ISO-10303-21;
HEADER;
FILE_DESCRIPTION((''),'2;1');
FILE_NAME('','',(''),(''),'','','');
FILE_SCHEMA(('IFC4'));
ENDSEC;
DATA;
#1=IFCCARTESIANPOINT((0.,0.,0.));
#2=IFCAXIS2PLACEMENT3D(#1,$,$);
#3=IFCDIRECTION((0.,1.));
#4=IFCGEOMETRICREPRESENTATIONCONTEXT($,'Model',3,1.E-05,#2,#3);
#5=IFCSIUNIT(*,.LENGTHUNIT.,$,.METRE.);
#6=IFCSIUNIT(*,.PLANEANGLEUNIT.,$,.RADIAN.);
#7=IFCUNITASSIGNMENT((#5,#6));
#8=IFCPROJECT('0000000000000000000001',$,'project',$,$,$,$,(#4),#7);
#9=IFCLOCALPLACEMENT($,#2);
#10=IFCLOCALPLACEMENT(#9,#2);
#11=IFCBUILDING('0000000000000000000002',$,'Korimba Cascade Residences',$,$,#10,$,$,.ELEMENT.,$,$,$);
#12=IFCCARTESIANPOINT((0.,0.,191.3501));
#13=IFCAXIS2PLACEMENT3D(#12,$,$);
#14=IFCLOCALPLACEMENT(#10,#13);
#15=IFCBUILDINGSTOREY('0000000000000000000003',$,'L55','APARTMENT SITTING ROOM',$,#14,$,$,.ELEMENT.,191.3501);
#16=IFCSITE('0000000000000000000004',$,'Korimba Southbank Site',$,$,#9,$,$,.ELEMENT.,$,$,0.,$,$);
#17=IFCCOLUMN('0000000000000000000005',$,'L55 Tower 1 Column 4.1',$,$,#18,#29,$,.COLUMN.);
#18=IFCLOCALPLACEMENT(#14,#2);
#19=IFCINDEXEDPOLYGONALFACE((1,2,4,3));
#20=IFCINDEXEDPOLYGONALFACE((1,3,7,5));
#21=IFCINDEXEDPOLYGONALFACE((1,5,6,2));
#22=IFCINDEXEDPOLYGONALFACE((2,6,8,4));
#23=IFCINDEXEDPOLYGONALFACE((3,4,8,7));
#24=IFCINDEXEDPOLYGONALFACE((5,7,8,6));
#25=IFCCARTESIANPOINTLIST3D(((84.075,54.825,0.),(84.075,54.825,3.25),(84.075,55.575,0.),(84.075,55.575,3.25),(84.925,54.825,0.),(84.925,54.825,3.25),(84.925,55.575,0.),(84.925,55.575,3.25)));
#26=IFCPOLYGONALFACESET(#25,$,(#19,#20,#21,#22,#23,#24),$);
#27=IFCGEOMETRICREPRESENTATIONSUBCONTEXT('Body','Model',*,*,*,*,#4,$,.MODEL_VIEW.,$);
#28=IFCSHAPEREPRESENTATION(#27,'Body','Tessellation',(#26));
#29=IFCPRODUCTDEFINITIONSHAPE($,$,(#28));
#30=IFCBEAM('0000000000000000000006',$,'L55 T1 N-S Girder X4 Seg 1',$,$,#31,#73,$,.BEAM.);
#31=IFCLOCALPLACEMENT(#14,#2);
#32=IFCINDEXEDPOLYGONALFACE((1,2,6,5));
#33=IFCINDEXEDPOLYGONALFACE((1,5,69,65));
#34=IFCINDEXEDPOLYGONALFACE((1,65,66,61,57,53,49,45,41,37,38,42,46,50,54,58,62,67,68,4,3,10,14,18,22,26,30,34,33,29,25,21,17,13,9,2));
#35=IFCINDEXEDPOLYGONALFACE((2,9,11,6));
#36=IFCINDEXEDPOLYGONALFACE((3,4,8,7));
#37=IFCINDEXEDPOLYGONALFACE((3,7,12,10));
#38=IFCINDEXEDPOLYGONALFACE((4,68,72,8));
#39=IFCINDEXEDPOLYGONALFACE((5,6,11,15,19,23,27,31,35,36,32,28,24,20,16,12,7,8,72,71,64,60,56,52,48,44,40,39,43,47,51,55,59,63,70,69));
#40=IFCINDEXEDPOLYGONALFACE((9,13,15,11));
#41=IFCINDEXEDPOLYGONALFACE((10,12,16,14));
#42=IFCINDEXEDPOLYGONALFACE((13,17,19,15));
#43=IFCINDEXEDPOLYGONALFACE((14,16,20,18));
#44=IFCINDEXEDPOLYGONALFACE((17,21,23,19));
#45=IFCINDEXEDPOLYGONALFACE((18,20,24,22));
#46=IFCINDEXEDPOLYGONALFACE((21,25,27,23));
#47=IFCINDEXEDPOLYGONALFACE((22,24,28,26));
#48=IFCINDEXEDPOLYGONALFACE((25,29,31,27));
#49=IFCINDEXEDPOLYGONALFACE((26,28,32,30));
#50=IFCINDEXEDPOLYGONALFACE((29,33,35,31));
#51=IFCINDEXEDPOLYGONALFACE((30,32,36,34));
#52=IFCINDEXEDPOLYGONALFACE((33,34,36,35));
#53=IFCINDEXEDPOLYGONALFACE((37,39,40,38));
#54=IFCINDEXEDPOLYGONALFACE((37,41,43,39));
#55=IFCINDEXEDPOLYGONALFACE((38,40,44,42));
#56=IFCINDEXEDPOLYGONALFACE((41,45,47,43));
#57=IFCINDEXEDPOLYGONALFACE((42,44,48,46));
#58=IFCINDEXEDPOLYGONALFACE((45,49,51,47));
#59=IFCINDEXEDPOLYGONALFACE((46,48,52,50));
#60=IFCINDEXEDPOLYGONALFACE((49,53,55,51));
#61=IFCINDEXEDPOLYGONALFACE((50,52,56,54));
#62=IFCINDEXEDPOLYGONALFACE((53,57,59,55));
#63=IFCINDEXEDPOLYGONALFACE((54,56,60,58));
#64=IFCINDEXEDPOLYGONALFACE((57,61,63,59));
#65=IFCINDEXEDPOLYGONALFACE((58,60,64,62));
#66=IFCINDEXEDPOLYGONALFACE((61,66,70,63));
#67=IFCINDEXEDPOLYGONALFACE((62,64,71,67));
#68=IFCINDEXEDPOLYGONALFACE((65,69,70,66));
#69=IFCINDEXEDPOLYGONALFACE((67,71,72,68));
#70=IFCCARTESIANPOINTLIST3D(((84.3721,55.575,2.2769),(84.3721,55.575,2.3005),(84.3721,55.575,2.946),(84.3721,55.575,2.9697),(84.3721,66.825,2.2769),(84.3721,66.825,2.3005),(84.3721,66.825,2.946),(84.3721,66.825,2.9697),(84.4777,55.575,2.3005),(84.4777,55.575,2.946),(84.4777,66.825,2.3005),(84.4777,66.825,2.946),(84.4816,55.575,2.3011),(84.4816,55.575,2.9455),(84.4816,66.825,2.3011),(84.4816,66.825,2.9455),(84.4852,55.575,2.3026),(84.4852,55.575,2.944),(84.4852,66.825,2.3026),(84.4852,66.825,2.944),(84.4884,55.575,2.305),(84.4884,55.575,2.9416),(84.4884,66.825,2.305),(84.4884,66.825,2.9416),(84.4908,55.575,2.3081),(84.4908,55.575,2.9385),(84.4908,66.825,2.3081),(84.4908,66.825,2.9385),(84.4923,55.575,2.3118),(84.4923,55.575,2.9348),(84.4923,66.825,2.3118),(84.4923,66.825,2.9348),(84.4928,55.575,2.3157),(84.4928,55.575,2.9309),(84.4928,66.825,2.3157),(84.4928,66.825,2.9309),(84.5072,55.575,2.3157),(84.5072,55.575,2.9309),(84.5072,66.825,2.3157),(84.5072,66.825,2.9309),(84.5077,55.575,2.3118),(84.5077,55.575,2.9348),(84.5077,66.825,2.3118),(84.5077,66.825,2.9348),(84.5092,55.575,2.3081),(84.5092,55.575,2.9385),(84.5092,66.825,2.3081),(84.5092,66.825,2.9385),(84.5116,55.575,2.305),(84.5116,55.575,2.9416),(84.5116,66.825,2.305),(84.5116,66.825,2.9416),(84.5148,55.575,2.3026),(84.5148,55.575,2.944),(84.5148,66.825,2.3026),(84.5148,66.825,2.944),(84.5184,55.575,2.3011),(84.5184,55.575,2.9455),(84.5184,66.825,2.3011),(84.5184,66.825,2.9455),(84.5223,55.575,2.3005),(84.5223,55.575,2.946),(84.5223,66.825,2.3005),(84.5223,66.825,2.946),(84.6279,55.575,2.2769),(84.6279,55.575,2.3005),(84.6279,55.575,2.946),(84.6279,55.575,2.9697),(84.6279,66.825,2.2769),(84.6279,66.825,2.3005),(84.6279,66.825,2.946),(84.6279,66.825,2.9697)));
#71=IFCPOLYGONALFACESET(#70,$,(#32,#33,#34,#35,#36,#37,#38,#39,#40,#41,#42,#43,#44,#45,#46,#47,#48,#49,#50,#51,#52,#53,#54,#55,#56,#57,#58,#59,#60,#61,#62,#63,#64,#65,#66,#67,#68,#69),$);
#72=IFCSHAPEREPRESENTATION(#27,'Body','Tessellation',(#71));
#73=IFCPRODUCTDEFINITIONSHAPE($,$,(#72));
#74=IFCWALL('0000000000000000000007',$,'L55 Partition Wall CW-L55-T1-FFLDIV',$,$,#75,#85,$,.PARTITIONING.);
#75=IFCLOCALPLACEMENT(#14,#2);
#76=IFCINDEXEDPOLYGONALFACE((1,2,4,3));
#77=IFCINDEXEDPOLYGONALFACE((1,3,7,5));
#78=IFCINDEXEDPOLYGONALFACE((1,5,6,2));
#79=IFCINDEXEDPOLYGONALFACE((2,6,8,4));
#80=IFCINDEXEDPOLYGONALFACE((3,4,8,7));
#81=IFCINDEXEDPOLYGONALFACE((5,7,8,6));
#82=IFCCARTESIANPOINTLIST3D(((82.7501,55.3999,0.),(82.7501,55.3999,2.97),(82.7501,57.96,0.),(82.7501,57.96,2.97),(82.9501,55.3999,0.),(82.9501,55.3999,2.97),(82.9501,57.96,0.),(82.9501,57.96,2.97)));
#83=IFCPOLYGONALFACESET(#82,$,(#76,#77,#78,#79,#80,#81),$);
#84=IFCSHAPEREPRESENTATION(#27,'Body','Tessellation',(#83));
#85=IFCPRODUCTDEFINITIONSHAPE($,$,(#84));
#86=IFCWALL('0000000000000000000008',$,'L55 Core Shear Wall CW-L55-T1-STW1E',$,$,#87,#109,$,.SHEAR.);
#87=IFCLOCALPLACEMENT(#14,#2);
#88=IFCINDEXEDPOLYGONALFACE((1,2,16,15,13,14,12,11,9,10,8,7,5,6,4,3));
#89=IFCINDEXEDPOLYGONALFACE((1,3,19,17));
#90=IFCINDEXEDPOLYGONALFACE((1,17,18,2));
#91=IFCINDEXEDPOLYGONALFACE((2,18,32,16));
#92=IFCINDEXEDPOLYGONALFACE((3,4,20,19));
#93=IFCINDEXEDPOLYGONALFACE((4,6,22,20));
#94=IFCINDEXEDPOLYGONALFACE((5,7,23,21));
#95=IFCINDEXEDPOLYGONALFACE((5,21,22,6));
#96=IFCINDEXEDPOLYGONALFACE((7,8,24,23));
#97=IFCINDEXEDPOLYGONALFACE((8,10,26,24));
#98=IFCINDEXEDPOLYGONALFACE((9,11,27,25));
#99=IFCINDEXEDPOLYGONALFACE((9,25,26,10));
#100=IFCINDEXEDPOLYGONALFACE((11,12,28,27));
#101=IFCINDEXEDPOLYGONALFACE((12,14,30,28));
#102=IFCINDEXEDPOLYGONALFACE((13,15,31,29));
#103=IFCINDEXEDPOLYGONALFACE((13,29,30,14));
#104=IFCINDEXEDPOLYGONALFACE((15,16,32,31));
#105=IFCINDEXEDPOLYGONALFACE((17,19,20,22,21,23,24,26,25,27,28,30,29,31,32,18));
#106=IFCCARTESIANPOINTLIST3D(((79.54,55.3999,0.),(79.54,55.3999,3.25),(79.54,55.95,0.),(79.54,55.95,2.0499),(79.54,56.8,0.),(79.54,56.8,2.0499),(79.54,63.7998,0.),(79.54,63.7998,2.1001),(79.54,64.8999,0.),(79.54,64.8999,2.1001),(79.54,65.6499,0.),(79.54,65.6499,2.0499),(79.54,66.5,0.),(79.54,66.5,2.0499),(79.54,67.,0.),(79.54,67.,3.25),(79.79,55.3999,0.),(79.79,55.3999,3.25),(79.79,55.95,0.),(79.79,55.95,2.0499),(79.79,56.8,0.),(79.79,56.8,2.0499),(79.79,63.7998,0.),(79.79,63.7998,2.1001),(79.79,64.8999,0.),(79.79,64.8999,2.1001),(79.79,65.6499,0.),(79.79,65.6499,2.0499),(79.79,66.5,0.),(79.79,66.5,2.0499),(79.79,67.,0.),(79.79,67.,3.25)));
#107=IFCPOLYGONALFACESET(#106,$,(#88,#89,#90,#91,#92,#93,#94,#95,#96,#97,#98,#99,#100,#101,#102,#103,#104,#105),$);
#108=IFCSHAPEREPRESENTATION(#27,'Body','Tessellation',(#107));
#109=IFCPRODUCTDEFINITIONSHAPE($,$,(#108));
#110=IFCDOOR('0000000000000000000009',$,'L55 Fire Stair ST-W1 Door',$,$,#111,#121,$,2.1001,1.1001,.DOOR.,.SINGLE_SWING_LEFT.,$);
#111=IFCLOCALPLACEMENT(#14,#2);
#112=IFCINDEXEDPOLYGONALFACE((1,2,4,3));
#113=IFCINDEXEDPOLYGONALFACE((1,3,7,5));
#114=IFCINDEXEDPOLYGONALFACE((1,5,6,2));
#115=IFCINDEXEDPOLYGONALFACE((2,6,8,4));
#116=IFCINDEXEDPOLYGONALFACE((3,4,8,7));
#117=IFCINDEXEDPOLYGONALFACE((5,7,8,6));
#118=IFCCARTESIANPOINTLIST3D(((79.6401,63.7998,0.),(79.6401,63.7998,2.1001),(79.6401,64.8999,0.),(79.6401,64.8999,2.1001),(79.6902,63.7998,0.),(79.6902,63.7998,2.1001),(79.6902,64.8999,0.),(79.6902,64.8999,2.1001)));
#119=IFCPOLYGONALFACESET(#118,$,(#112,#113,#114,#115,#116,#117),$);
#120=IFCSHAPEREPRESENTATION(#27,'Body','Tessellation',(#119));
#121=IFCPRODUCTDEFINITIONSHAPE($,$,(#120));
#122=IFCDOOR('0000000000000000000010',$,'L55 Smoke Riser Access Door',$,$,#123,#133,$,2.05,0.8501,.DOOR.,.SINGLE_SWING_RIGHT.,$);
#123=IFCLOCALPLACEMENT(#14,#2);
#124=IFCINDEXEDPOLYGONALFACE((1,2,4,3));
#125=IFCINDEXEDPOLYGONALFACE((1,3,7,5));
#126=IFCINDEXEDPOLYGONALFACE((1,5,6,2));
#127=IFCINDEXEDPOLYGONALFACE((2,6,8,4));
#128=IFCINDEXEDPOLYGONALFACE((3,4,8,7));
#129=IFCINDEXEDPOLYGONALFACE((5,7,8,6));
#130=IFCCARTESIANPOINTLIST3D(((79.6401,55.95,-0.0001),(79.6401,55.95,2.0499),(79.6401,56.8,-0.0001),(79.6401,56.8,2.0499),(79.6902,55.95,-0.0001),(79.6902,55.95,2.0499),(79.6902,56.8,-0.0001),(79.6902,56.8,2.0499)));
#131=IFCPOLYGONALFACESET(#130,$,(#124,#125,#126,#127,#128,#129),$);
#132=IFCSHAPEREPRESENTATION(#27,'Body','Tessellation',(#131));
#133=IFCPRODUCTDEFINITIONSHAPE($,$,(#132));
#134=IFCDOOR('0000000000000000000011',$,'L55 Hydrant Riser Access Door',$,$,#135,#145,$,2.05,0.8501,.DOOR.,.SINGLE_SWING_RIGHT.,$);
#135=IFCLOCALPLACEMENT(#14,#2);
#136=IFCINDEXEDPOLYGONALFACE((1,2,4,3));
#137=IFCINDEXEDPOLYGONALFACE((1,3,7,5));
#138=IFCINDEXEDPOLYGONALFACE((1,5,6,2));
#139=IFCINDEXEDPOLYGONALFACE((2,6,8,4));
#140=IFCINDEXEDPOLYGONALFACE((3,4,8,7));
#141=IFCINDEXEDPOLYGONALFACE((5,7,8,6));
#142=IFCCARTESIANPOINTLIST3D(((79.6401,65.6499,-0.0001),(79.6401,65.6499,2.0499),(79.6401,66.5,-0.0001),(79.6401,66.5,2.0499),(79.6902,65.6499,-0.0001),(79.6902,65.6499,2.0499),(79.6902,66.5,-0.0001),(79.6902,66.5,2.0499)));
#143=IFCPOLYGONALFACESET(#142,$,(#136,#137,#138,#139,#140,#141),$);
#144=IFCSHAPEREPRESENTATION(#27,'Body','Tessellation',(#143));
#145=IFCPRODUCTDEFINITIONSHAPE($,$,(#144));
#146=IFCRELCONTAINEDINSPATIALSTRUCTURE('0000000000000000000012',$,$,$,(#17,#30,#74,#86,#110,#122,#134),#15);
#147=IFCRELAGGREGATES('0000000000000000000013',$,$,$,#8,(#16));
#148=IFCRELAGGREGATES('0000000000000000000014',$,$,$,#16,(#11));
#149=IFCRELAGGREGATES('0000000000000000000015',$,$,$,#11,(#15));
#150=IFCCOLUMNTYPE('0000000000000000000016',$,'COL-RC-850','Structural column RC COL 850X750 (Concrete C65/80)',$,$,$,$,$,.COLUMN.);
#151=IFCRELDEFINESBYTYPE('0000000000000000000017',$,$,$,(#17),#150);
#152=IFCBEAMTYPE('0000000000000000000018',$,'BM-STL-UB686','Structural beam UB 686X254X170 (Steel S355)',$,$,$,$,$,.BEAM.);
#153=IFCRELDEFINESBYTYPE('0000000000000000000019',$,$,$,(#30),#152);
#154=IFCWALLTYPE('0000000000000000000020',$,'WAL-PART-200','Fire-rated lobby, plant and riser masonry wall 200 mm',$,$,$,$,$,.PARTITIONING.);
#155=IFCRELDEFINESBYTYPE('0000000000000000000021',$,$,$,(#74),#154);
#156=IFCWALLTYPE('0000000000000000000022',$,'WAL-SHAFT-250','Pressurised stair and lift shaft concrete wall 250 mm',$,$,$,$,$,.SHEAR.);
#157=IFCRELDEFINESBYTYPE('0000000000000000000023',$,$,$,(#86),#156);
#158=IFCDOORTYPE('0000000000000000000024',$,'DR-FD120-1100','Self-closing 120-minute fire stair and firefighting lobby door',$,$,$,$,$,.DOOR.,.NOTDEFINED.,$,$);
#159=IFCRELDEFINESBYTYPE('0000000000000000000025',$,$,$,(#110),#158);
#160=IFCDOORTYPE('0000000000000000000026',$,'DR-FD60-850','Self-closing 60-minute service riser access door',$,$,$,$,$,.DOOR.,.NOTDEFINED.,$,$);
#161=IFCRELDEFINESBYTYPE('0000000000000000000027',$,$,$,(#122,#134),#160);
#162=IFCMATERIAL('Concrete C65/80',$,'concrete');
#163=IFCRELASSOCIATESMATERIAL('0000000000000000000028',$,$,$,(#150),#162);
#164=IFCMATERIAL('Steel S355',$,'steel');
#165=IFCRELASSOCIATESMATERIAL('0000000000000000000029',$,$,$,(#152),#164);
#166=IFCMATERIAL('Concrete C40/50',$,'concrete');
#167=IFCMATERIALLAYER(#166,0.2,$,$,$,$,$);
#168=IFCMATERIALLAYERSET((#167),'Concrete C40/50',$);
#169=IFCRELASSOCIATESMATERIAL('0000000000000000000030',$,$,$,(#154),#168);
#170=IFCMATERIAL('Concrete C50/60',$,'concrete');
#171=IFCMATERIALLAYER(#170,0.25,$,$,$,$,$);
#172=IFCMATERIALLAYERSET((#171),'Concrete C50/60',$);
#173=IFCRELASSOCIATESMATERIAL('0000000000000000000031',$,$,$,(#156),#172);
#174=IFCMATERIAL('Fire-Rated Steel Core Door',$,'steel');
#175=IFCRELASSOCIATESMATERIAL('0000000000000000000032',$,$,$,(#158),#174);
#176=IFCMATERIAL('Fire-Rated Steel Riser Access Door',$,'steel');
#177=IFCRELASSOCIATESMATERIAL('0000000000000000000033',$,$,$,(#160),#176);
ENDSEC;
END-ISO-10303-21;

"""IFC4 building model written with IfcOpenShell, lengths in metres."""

from ifc_helpers import new_model, si_unit, direction, frame, frame_2d, origin, origin_2d, place, context, subcontext, project, spatial, rectangle, i_section, extrude, material, layer, layer_set, material_profile, profile_set, type_object, element, fill, save


model = new_model("IFC4")

# Units and contexts
model_context = context("Model", 3, precision=1e-05, world=origin(), true_north=direction((0.0, 1.0)))
body_context = subcontext(model_context, "Body", "Model", "MODEL_VIEW")
ifc_project = project(units=[si_unit("LENGTHUNIT", "METRE"), si_unit("PLANEANGLEUNIT", "RADIAN")], contexts=[model_context])

# Site, building, storey
site_placement = place(None, origin())
site = spatial("IfcSite", under=ifc_project, at=site_placement, Name="Korimba Southbank Site", CompositionType="ELEMENT", RefElevation=0.0)
building_placement = place(site_placement, origin())
building = spatial("IfcBuilding", under=site, at=building_placement, Name="Korimba Cascade Residences", CompositionType="ELEMENT")
storey_placement = place(building_placement, frame((0.0, 0.0, 191.3501)))
storey = spatial("IfcBuildingStorey", under=building, at=storey_placement, Name="L55", Description="APARTMENT SITTING ROOM", CompositionType="ELEMENT", Elevation=191.3501)

# Column
ifc_material_1 = material(Name="Concrete C65/80", Category="concrete")
ifc_material_profile_1 = material_profile(ifc_material_1, rectangle(XDim=0.8501, YDim=0.75, at=origin_2d()), Name="Concrete C65/80")
ifc_profile_set_1 = profile_set([ifc_material_profile_1], Name="Concrete C65/80")
column_type = type_object("IfcColumnType", Name="COL-RC-850", Description="Structural column RC COL 850X750 (Concrete C65/80)", PredefinedType="COLUMN", material=ifc_profile_set_1)
column_placement = place(storey_placement, frame((84.5, 55.2, 0.0), z_axis=(0.0, 0.0, 1.0), x_axis=(1.0, 0.0, 0.0)))
element("IfcColumn", 1, at=column_placement, inside=storey, type_object=column_type, Name="L55 Tower 1 Column 4.1", PredefinedType="COLUMN", context=body_context, shape_type="SweptSolid", body=[
    extrude(rectangle(XDim=0.8501, YDim=0.75, at=origin_2d()), origin(), (0.0, 0.0, 1.0), 3.25),
])

# Beam
ifc_material_2 = material(Name="Steel S355", Category="steel")
ifc_material_profile_2 = material_profile(ifc_material_2, i_section(OverallWidth=0.2559, OverallDepth=0.6929, WebThickness=0.0144, FlangeThickness=0.0237, FilletRadius=0.0151, at=origin_2d()), Name="Steel S355")
ifc_profile_set_2 = profile_set([ifc_material_profile_2], Name="Steel S355")
beam_type = type_object("IfcBeamType", Name="BM-STL-UB686", Description="Structural beam UB 686X254X170 (Steel S355)", PredefinedType="BEAM", material=ifc_profile_set_2)
beam_placement = place(storey_placement, frame((84.5, 55.575, 2.6233), z_axis=(0.0, 1.0, 0.0), x_axis=(-1.0, 0.0, 0.0)))
element("IfcBeam", 2, at=beam_placement, inside=storey, type_object=beam_type, Name="L55 T1 N-S Girder X4 Seg 1", PredefinedType="BEAM", context=body_context, shape_type="SweptSolid", body=[
    extrude(i_section(OverallWidth=0.2559, OverallDepth=0.6929, WebThickness=0.0144, FlangeThickness=0.0237, FilletRadius=0.0151, at=origin_2d()), origin(), (0.0, 0.0, 1.0), 11.25),
])

# Wall
ifc_material_3 = material(Name="Concrete C40/50", Category="concrete")
ifc_layer_1 = layer(ifc_material_3, 0.2)
ifc_layer_set_1 = layer_set([ifc_layer_1], Name="Concrete C40/50")
wall_type_1 = type_object("IfcWallType", Name="WAL-PART-200", Description="Fire-rated lobby, plant and riser masonry wall 200 mm", PredefinedType="PARTITIONING", material=ifc_layer_set_1)
wall_1_placement = place(storey_placement, frame((82.8501, 55.3999, 0.0), z_axis=(0.0, 0.0, 1.0), x_axis=(0.0, 1.0, 0.0)))
element("IfcWall", 3, at=wall_1_placement, inside=storey, type_object=wall_type_1, Name="L55 Partition Wall CW-L55-T1-FFLDIV", PredefinedType="PARTITIONING", context=body_context, shape_type="SweptSolid", body=[
    extrude(rectangle(XDim=2.5601, YDim=0.2, at=frame_2d((1.28, 0.0))), origin(), (0.0, 0.0, 1.0), 2.97),
])

# Wall, openings, doors
ifc_material_4 = material(Name="Concrete C50/60", Category="concrete")
ifc_layer_2 = layer(ifc_material_4, 0.25)
ifc_layer_set_2 = layer_set([ifc_layer_2], Name="Concrete C50/60")
wall_type_2 = type_object("IfcWallType", Name="WAL-SHAFT-250", Description="Pressurised stair and lift shaft concrete wall 250 mm", PredefinedType="SHEAR", material=ifc_layer_set_2)
wall_2_placement = place(storey_placement, frame((79.665, 55.3999, 0.0), z_axis=(0.0, 0.0, 1.0), x_axis=(0.0, 1.0, 0.0)))
wall_2 = element("IfcWall", 4, at=wall_2_placement, inside=storey, type_object=wall_type_2, Name="L55 Core Shear Wall CW-L55-T1-STW1E", PredefinedType="SHEAR", context=body_context, shape_type="SweptSolid", body=[
    extrude(rectangle(XDim=11.6001, YDim=0.25, at=frame_2d((5.8, 0.0))), origin(), (0.0, 0.0, 1.0), 3.25),
])
opening_1_placement = place(wall_2_placement, frame((0.55, 0.0, 0.0)))
opening_1 = element("IfcOpeningElement", 5, at=opening_1_placement, cuts=wall_2, PredefinedType="OPENING", context=body_context, shape_type="SweptSolid", body=[
    extrude(rectangle(XDim=0.8501, YDim=2.05, at=frame_2d((0.425, 1.0249))), frame((0.0, 0.135, 0.0), z_axis=(0.0, -1.0, 0.0), x_axis=(1.0, 0.0, 0.0)), (0.0, 0.0, 1.0), 0.27),
])
opening_2_placement = place(wall_2_placement, frame((8.3999, 0.0, 0.0)))
opening_2 = element("IfcOpeningElement", 6, at=opening_2_placement, cuts=wall_2, PredefinedType="OPENING", context=body_context, shape_type="SweptSolid", body=[
    extrude(rectangle(XDim=1.1001, YDim=2.1001, at=frame_2d((0.55, 1.05))), frame((0.0, 0.135, 0.0), z_axis=(0.0, -1.0, 0.0), x_axis=(1.0, 0.0, 0.0)), (0.0, 0.0, 1.0), 0.27),
])
opening_3_placement = place(wall_2_placement, frame((10.25, 0.0, 0.0)))
opening_3 = element("IfcOpeningElement", 7, at=opening_3_placement, cuts=wall_2, PredefinedType="OPENING", context=body_context, shape_type="SweptSolid", body=[
    extrude(rectangle(XDim=0.8501, YDim=2.05, at=frame_2d((0.425, 1.0249))), frame((0.0, 0.135, 0.0), z_axis=(0.0, -1.0, 0.0), x_axis=(1.0, 0.0, 0.0)), (0.0, 0.0, 1.0), 0.27),
])
ifc_material_5 = material(Name="Fire-Rated Steel Core Door", Category="steel")
door_type_1 = type_object("IfcDoorType", Name="DR-FD120-1100", Description="Self-closing 120-minute fire stair and firefighting lobby door", OperationType="NOTDEFINED", PredefinedType="DOOR", material=ifc_material_5)
door_1_placement = place(opening_2_placement, origin())
door_1 = element("IfcDoor", 8, at=door_1_placement, inside=storey, type_object=door_type_1, Name="L55 Fire Stair ST-W1 Door", OperationType="SINGLE_SWING_LEFT", OverallHeight=2.1001, OverallWidth=1.1001, PredefinedType="DOOR", context=body_context, shape_type="SweptSolid", body=[
    extrude(rectangle(XDim=1.1001, YDim=2.1001, at=frame_2d((0.55, 1.05))), frame((0.0, 0.0249, 0.0), z_axis=(0.0, -1.0, 0.0), x_axis=(1.0, 0.0, 0.0)), (0.0, 0.0, 1.0), 0.05),
])
fill(opening_2, door_1)
ifc_material_6 = material(Name="Fire-Rated Steel Riser Access Door", Category="steel")
door_type_2 = type_object("IfcDoorType", Name="DR-FD60-850", Description="Self-closing 60-minute service riser access door", OperationType="NOTDEFINED", PredefinedType="DOOR", material=ifc_material_6)
door_2_placement = place(opening_1_placement, origin())
door_2 = element("IfcDoor", 9, at=door_2_placement, inside=storey, type_object=door_type_2, Name="L55 Smoke Riser Access Door", OperationType="SINGLE_SWING_RIGHT", OverallHeight=2.05, OverallWidth=0.8501, PredefinedType="DOOR", context=body_context, shape_type="SweptSolid", body=[
    extrude(rectangle(XDim=0.8501, YDim=2.05, at=frame_2d((0.425, 1.0249))), frame((0.0, 0.0249, 0.0), z_axis=(0.0, -1.0, 0.0), x_axis=(1.0, 0.0, 0.0)), (0.0, 0.0, 1.0), 0.05),
])
fill(opening_1, door_2)
door_3_placement = place(opening_3_placement, origin())
door_3 = element("IfcDoor", 10, at=door_3_placement, inside=storey, type_object=door_type_2, Name="L55 Hydrant Riser Access Door", OperationType="SINGLE_SWING_RIGHT", OverallHeight=2.05, OverallWidth=0.8501, PredefinedType="DOOR", context=body_context, shape_type="SweptSolid", body=[
    extrude(rectangle(XDim=0.8501, YDim=2.05, at=frame_2d((0.425, 1.0249))), frame((0.0, 0.0249, 0.0), z_axis=(0.0, -1.0, 0.0), x_axis=(1.0, 0.0, 0.0)), (0.0, 0.0, 1.0), 0.05),
])
fill(opening_3, door_3)

save(model, "model.ifc")
